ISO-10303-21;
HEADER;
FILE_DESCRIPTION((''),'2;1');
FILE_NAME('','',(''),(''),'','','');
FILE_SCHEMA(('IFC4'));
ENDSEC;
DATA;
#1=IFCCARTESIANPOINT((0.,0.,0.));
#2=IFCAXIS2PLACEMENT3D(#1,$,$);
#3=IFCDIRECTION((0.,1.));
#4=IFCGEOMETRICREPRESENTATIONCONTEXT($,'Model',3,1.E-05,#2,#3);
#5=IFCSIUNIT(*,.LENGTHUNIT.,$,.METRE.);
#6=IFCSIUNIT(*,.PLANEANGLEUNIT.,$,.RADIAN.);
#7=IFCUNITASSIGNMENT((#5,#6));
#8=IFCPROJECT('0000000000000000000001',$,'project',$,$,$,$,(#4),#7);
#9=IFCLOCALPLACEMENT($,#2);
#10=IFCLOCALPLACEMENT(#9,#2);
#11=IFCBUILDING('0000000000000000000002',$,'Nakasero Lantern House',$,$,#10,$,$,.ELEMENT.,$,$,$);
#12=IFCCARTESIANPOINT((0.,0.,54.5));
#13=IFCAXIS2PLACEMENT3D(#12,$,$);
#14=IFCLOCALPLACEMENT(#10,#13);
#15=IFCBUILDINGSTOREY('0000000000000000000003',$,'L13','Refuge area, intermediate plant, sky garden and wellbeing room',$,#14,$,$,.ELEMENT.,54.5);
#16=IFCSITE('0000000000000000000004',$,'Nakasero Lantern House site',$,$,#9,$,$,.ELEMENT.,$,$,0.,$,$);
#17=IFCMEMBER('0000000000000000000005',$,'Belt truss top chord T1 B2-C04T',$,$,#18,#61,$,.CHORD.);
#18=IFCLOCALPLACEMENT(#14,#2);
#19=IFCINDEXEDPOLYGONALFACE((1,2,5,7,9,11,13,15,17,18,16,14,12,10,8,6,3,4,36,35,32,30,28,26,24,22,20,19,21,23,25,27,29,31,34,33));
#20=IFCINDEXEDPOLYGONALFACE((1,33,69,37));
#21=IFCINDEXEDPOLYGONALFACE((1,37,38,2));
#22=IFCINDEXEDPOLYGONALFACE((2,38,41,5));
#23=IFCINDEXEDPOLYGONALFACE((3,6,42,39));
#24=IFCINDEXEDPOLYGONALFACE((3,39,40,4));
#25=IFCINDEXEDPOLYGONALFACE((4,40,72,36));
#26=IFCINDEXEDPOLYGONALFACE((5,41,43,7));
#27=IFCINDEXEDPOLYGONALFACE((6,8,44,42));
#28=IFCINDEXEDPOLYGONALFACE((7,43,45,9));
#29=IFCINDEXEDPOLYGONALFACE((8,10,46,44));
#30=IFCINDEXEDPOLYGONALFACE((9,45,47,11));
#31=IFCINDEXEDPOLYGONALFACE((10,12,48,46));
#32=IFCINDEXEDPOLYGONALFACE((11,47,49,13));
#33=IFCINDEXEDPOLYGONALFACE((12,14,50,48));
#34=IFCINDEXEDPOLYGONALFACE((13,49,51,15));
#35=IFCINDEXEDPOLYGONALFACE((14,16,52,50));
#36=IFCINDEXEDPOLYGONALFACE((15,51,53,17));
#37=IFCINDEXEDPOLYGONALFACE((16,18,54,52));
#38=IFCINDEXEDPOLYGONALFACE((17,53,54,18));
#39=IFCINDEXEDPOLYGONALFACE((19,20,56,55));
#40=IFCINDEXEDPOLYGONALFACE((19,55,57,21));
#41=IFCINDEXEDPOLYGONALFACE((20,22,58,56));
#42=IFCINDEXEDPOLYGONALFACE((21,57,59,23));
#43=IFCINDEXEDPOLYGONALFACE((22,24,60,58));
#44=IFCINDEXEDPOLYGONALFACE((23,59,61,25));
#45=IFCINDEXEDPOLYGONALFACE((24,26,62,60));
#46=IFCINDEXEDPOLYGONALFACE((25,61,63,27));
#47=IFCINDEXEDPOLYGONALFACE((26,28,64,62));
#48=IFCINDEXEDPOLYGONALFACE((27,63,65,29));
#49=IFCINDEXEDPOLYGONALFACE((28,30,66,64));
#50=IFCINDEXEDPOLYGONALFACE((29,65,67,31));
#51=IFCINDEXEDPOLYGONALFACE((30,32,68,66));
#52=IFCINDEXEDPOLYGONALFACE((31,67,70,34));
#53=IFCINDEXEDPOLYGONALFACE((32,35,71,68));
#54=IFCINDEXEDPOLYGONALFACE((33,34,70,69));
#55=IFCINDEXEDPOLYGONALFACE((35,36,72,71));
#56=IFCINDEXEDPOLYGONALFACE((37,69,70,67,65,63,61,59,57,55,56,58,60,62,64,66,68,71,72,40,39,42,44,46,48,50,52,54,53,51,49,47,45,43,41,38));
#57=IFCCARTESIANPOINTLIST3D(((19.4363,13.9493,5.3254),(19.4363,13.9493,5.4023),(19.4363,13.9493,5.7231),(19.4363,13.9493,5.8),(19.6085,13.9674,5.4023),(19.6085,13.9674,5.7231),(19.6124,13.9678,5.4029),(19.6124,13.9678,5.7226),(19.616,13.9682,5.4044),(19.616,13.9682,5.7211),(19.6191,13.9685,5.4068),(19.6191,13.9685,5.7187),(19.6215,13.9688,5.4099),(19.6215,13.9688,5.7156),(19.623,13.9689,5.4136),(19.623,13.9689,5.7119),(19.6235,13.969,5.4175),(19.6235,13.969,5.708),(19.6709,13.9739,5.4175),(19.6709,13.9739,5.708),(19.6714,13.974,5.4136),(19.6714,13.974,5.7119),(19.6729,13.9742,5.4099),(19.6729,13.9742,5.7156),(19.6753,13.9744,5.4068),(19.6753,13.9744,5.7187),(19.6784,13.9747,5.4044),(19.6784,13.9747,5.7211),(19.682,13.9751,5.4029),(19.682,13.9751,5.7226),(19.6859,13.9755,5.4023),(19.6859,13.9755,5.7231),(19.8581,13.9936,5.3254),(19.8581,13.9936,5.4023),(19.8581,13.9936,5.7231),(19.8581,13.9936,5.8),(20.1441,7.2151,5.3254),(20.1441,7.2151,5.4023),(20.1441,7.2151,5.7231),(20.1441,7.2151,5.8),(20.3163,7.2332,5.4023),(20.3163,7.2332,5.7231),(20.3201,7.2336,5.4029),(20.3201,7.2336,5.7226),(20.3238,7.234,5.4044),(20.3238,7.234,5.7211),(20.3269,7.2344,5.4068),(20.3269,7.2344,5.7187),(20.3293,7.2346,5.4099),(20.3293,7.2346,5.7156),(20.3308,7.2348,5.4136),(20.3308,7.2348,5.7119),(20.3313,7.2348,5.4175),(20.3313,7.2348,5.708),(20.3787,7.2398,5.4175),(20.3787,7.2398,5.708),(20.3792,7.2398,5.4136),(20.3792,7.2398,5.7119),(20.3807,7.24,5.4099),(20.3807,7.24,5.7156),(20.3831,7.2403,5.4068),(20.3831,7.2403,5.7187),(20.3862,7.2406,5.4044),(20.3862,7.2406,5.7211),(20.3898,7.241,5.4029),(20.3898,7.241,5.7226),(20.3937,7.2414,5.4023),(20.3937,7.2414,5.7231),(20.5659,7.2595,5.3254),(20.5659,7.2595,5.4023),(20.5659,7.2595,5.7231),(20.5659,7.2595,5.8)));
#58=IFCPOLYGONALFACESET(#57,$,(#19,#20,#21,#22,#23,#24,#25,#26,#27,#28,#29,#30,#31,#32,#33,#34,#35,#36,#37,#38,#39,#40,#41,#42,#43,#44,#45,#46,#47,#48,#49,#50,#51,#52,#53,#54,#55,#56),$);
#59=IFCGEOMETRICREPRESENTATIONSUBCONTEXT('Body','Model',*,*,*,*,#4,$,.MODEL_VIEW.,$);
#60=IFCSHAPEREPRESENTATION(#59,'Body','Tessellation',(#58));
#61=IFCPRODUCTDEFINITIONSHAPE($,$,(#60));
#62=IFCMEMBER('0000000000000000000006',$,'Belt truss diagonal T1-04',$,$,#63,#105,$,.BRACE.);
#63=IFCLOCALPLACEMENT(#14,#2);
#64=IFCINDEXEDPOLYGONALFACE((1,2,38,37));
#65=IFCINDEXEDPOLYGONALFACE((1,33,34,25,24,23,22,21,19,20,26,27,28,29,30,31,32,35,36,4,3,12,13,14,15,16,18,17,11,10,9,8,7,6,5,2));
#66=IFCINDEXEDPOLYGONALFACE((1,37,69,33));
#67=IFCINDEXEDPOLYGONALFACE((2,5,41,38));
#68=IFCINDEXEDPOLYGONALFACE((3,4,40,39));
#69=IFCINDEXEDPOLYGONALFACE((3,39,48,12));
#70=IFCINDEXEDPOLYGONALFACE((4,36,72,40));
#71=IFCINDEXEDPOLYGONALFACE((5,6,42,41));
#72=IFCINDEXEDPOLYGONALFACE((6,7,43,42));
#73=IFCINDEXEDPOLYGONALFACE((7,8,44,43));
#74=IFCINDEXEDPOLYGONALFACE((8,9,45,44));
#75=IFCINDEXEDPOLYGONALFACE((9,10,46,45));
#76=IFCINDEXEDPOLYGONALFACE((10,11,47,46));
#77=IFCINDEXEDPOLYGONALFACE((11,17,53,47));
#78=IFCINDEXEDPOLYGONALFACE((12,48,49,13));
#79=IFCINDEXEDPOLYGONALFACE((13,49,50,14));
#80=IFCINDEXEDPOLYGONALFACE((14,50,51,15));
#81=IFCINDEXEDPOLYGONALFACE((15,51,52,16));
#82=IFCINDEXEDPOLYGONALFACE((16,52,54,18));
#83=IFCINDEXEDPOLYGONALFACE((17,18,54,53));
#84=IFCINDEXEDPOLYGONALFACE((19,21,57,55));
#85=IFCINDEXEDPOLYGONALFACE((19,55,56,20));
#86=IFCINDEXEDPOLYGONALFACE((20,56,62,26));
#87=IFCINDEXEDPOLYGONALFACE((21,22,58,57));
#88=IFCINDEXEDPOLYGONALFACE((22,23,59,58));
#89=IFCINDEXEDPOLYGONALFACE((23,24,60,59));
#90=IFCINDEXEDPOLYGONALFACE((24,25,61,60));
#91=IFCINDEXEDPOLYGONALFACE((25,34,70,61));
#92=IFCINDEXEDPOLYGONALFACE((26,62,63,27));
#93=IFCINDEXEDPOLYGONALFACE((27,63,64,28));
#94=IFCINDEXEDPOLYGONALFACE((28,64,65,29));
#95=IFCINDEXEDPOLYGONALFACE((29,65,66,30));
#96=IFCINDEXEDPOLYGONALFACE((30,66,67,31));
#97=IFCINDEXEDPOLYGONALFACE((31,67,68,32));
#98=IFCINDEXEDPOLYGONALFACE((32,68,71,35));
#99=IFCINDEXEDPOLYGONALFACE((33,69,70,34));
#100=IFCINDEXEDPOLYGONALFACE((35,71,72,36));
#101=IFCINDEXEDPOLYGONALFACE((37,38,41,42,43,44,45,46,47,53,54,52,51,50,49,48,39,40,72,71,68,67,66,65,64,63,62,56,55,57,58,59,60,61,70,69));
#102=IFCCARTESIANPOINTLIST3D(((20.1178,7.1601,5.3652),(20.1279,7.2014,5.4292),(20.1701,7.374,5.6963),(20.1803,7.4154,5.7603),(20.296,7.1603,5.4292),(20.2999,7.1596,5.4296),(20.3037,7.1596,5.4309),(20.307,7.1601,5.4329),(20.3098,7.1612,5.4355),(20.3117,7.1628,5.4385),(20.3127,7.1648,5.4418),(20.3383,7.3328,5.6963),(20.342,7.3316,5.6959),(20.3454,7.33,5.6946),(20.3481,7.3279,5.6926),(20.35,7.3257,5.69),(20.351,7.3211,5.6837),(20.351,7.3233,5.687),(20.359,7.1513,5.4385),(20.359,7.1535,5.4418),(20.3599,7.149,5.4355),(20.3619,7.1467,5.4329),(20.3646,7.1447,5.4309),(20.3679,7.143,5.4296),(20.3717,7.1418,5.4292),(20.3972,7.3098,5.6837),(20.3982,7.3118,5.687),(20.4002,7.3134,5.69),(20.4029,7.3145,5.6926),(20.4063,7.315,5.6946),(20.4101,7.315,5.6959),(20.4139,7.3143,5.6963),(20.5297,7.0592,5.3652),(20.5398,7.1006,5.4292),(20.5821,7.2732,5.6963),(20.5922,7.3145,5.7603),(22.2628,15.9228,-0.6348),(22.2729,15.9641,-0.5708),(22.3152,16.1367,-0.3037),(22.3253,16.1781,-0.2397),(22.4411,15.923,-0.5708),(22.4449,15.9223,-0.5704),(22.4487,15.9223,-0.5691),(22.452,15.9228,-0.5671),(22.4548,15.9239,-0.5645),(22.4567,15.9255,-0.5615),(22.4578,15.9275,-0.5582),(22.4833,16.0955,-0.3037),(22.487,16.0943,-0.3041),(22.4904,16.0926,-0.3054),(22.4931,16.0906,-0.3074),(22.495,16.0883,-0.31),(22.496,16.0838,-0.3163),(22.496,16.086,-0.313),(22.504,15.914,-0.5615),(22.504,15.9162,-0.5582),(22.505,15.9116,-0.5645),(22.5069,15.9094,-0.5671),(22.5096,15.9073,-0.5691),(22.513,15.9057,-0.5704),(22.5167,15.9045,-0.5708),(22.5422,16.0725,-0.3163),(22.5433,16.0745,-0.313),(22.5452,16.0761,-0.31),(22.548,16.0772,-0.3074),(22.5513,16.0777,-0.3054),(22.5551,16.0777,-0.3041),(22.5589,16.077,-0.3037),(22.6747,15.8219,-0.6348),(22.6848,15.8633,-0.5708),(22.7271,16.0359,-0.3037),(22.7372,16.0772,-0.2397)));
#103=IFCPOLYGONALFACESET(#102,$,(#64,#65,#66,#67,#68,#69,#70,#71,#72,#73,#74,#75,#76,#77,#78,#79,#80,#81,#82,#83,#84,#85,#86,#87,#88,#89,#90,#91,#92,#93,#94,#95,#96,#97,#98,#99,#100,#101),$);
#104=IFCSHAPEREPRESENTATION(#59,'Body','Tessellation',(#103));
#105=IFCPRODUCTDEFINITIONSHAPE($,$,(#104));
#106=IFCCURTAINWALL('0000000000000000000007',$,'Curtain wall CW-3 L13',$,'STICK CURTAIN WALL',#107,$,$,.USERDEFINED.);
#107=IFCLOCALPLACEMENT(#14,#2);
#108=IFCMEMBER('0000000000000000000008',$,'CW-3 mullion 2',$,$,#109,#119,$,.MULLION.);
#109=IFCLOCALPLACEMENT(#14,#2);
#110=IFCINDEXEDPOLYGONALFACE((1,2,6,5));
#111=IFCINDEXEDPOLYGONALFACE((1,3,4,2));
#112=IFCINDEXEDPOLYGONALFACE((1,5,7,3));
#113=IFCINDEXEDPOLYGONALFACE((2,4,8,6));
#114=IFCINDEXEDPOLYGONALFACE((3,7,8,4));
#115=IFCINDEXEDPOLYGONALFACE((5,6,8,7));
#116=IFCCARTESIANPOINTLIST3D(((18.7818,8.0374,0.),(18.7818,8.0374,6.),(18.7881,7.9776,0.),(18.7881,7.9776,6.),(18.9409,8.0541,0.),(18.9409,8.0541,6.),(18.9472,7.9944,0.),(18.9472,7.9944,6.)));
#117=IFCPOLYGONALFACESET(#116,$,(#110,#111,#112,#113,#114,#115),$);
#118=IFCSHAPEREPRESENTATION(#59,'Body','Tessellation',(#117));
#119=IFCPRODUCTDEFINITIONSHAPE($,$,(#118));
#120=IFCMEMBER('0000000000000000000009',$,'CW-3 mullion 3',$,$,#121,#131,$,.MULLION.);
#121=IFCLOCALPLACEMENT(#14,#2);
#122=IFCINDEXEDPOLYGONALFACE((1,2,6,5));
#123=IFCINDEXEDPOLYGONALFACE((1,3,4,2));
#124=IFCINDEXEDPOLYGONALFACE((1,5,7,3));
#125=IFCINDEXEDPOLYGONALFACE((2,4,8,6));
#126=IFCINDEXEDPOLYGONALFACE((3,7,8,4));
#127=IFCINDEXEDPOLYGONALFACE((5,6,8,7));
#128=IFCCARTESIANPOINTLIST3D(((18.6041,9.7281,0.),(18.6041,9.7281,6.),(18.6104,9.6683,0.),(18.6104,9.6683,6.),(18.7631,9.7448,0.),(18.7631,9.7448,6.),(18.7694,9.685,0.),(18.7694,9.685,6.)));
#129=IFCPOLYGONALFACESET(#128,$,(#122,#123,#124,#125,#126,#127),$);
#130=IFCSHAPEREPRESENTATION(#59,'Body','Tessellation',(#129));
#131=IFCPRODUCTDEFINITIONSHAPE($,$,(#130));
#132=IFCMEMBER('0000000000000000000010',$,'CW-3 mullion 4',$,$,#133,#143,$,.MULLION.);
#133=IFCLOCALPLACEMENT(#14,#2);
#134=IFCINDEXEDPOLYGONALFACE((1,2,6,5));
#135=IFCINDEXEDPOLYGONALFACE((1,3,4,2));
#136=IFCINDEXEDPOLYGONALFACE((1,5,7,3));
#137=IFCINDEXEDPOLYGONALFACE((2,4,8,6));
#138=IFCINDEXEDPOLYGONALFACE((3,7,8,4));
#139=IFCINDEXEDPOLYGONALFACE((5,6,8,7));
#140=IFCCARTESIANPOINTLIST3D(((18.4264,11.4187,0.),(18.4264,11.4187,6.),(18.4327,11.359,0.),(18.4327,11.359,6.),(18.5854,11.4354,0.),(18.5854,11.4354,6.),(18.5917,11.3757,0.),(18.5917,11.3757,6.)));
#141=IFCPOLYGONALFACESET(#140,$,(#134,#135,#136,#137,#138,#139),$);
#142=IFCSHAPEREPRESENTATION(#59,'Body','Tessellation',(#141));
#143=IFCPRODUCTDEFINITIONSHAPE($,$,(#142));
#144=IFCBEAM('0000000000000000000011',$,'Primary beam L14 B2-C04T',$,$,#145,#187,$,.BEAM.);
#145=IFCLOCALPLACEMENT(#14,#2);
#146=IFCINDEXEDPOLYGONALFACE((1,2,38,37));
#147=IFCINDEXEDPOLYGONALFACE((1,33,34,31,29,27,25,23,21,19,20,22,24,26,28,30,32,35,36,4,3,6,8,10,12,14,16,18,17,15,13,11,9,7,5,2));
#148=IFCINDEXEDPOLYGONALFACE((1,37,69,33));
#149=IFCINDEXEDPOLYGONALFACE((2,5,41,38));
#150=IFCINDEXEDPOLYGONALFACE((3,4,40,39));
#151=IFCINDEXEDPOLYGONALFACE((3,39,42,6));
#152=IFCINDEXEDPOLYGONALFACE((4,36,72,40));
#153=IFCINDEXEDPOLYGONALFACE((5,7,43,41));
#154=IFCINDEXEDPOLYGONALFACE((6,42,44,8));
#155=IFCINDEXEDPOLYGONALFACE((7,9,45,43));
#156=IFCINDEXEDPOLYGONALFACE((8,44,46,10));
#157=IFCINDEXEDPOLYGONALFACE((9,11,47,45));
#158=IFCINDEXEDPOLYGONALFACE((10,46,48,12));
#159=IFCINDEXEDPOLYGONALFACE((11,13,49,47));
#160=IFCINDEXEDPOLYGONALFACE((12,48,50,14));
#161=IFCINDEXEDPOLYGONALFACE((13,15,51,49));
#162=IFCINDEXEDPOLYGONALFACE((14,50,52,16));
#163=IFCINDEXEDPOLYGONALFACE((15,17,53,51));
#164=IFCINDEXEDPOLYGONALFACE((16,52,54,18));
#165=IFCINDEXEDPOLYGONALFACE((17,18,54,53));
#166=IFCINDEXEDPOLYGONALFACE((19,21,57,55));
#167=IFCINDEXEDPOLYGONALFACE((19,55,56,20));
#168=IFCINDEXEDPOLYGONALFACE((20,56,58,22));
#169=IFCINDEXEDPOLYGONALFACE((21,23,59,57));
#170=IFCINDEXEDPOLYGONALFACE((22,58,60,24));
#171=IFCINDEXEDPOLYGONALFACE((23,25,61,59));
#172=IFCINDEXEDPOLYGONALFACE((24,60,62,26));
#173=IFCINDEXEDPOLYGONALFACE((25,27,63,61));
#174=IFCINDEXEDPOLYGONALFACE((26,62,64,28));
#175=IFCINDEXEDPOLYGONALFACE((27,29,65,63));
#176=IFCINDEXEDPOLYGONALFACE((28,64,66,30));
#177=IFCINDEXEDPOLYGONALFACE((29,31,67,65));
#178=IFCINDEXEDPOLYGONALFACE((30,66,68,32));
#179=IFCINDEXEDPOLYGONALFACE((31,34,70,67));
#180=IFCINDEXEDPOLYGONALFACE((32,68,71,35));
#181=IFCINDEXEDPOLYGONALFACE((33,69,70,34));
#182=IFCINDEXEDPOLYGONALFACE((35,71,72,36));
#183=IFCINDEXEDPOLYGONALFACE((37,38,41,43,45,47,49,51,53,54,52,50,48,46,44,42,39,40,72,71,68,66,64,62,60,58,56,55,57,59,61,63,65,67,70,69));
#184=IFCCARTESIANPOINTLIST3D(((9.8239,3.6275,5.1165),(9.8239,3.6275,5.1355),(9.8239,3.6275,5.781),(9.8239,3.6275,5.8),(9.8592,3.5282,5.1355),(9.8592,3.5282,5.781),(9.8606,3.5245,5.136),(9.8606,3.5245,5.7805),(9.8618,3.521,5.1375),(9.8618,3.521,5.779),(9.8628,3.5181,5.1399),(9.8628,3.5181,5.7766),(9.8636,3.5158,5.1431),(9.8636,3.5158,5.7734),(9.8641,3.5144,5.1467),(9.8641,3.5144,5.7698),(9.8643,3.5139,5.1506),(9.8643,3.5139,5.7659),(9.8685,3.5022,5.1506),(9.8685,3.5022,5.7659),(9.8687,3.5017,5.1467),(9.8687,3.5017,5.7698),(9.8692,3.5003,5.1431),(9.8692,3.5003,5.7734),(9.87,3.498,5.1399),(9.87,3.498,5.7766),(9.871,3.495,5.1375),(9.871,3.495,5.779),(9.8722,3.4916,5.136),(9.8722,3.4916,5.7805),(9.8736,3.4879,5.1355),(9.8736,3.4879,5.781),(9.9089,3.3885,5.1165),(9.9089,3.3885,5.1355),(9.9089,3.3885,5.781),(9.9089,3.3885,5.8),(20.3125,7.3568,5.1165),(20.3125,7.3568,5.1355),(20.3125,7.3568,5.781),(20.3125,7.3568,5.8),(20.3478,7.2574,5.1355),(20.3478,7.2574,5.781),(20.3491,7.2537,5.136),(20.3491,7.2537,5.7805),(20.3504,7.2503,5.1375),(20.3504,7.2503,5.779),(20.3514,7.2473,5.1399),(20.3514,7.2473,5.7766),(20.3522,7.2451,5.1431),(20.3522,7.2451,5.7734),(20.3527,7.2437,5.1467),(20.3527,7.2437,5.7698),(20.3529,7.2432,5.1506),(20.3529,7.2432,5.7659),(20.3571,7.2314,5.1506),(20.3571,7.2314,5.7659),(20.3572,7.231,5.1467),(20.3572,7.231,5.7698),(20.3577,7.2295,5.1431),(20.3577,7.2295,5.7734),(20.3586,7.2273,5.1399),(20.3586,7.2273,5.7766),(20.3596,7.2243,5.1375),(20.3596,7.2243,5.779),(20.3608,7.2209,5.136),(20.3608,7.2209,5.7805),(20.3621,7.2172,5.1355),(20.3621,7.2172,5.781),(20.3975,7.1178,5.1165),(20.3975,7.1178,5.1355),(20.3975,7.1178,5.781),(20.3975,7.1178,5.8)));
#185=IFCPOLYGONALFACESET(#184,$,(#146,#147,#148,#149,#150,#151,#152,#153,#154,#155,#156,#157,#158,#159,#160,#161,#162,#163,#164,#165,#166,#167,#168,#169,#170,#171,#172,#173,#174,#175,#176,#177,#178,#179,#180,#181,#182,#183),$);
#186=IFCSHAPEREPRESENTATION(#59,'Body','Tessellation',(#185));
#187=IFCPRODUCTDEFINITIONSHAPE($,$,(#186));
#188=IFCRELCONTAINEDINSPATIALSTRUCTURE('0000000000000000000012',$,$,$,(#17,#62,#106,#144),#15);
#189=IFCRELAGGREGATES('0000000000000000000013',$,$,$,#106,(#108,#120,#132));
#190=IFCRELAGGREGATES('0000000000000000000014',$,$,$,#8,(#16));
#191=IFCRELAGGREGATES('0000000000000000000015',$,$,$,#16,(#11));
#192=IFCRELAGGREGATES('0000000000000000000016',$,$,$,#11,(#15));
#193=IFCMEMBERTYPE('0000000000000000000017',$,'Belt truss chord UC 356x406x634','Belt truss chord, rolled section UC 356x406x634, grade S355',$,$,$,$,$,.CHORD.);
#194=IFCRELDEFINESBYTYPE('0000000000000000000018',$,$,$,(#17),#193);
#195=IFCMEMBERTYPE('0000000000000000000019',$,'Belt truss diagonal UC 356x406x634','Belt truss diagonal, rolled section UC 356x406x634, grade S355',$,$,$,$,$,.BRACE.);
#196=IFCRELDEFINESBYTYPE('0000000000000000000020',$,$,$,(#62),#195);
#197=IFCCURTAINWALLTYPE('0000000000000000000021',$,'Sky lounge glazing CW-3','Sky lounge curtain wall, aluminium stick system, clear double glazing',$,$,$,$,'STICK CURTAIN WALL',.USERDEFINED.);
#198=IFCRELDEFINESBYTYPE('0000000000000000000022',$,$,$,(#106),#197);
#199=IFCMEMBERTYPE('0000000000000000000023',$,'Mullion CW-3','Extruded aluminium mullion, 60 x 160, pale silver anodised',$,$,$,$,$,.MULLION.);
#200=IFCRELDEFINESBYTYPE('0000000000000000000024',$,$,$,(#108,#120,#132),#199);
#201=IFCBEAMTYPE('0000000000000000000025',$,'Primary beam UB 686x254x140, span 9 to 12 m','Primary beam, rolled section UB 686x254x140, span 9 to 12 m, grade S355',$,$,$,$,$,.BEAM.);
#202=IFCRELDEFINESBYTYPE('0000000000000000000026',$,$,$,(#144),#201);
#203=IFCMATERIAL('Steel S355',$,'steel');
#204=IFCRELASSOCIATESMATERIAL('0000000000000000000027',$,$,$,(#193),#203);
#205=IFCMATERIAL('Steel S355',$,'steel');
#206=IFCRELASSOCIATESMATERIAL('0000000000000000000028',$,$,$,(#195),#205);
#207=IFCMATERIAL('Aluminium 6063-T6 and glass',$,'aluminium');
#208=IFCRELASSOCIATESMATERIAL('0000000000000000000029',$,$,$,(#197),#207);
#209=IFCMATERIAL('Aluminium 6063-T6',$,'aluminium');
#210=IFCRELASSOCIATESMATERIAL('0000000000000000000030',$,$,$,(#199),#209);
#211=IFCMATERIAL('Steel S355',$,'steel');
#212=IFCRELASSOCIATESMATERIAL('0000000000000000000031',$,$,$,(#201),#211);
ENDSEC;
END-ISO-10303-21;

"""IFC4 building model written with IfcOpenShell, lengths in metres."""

from ifc_helpers import new_model, si_unit, direction, frame, origin, origin_2d, place, context, subcontext, project, spatial, rectangle, i_section, extrude, material, material_profile, profile_set, type_object, element, aggregate, save


model = new_model("IFC4")

# Units and contexts
model_context = context("Model", 3, precision=1e-05, world=origin(), true_north=direction((0.0, 1.0)))
body_context = subcontext(model_context, "Body", "Model", "MODEL_VIEW")
ifc_project = project(units=[si_unit("LENGTHUNIT", "METRE"), si_unit("PLANEANGLEUNIT", "RADIAN")], contexts=[model_context])

# Site, building, storey
site_placement = place(None, origin())
site = spatial("IfcSite", under=ifc_project, at=site_placement, Name="Nakasero Lantern House site", CompositionType="ELEMENT", RefElevation=0.0)
building_placement = place(site_placement, origin())
building = spatial("IfcBuilding", under=site, at=building_placement, Name="Nakasero Lantern House", CompositionType="ELEMENT")
storey_placement = place(building_placement, frame((0.0, 0.0, 54.5)))
storey = spatial("IfcBuildingStorey", under=building, at=storey_placement, Name="L13", Description="Refuge area, intermediate plant, sky garden and wellbeing room", CompositionType="ELEMENT", Elevation=54.5)

# Members
ifc_material_1 = material(Name="Steel S355", Category="steel")
ifc_material_profile_1 = material_profile(ifc_material_1, i_section(OverallWidth=0.4241, OverallDepth=0.4746, WebThickness=0.0476, FlangeThickness=0.0769, FilletRadius=0.0151, at=origin_2d()), Name="UC 356x406x634")
ifc_profile_set_1 = profile_set([ifc_material_profile_1], Name="Steel S355")
member_type_1 = type_object("IfcMemberType", Name="Belt truss chord UC 356x406x634", Description="Belt truss chord, rolled section UC 356x406x634, grade S355", PredefinedType="CHORD", material=ifc_profile_set_1)
member_1_placement = place(storey_placement, frame((20.355, 7.2373, 5.5627), z_axis=(-0.104525, 0.994522, 0.0), x_axis=(-0.994522, -0.104525, 0.0)))
element("IfcMember", 1, at=member_1_placement, inside=storey, type_object=member_type_1, Name="Belt truss top chord T1 B2-C04T", PredefinedType="CHORD", context=body_context, shape_type="SweptSolid", body=[
    extrude(i_section(OverallWidth=0.4241, OverallDepth=0.4746, WebThickness=0.0476, FlangeThickness=0.0769, FilletRadius=0.0151, at=origin_2d()), origin(), (0.0, 0.0, 1.0), 6.7712),
])
ifc_material_2 = material(Name="Steel S355", Category="steel")
ifc_material_profile_2 = material_profile(ifc_material_2, i_section(OverallWidth=0.4241, OverallDepth=0.4746, WebThickness=0.0476, FlangeThickness=0.0769, FilletRadius=0.0151, at=origin_2d()), Name="UC 356x406x634")
ifc_profile_set_2 = profile_set([ifc_material_profile_2], Name="Steel S355")
member_type_2 = type_object("IfcMemberType", Name="Belt truss diagonal UC 356x406x634", Description="Belt truss diagonal, rolled section UC 356x406x634, grade S355", PredefinedType="BRACE", material=ifc_profile_set_2)
member_2_placement = place(storey_placement, frame((20.355, 7.2373, 5.5627), z_axis=(0.197981, 0.808779, -0.553788), x_axis=(-0.971322, 0.23777, 0.0)))
element("IfcMember", 2, at=member_2_placement, inside=storey, type_object=member_type_2, Name="Belt truss diagonal T1-04", PredefinedType="BRACE", context=body_context, shape_type="SweptSolid", body=[
    extrude(i_section(OverallWidth=0.4241, OverallDepth=0.4746, WebThickness=0.0476, FlangeThickness=0.0769, FilletRadius=0.0151, at=origin_2d()), origin(), (0.0, 0.0, 1.0), 10.8345),
])

# Curtain wall, members
ifc_material_3 = material(Name="Aluminium 6063-T6 and glass", Category="aluminium")
curtain_wall_type = type_object("IfcCurtainWallType", Name="Sky lounge glazing CW-3", Description="Sky lounge curtain wall, aluminium stick system, clear double glazing", ElementType="STICK CURTAIN WALL", PredefinedType="USERDEFINED", material=ifc_material_3)
curtain_wall_placement = place(storey_placement, origin())
curtain_wall = element("IfcCurtainWall", 3, at=curtain_wall_placement, inside=storey, type_object=curtain_wall_type, Name="Curtain wall CW-3 L13", ObjectType="STICK CURTAIN WALL", PredefinedType="USERDEFINED")
ifc_material_4 = material(Name="Aluminium 6063-T6", Category="aluminium")
ifc_material_profile_3 = material_profile(ifc_material_4, rectangle(XDim=0.0601, YDim=0.1599, at=origin_2d()), Name="CW-3 mullion 60x160")
ifc_profile_set_3 = profile_set([ifc_material_profile_3], Name="Aluminium 6063-T6")
member_type_3 = type_object("IfcMemberType", Name="Mullion CW-3", Description="Extruded aluminium mullion, 60 x 160, pale silver anodised", PredefinedType="MULLION", material=ifc_profile_set_3)
member_3_placement = place(storey_placement, frame((18.8645, 8.0159, 0.0), z_axis=(0.0, 0.0, 1.0), x_axis=(-0.104528, 0.994522, 0.0)))
member_3 = element("IfcMember", 4, at=member_3_placement, type_object=member_type_3, Name="CW-3 mullion 2", PredefinedType="MULLION", context=body_context, shape_type="SweptSolid", body=[
    extrude(rectangle(XDim=0.0601, YDim=0.1599, at=origin_2d()), origin(), (0.0, 0.0, 1.0), 6.0),
])
member_4_placement = place(storey_placement, frame((18.6868, 9.7065, 0.0), z_axis=(0.0, 0.0, 1.0), x_axis=(-0.104528, 0.994522, 0.0)))
member_4 = element("IfcMember", 5, at=member_4_placement, type_object=member_type_3, Name="CW-3 mullion 3", PredefinedType="MULLION", context=body_context, shape_type="SweptSolid", body=[
    extrude(rectangle(XDim=0.0601, YDim=0.1599, at=origin_2d()), origin(), (0.0, 0.0, 1.0), 6.0),
])
member_5_placement = place(storey_placement, frame((18.509, 11.3972, 0.0), z_axis=(0.0, 0.0, 1.0), x_axis=(-0.104528, 0.994522, 0.0)))
member_5 = element("IfcMember", 6, at=member_5_placement, type_object=member_type_3, Name="CW-3 mullion 4", PredefinedType="MULLION", context=body_context, shape_type="SweptSolid", body=[
    extrude(rectangle(XDim=0.0601, YDim=0.1599, at=origin_2d()), origin(), (0.0, 0.0, 1.0), 6.0),
])

# Beam
ifc_material_5 = material(Name="Steel S355", Category="steel")
ifc_material_profile_4 = material_profile(ifc_material_5, i_section(OverallWidth=0.2537, OverallDepth=0.6836, WebThickness=0.0125, FlangeThickness=0.019, FilletRadius=0.0151, at=origin_2d()), Name="UB 686x254x140")
ifc_profile_set_4 = profile_set([ifc_material_profile_4], Name="Steel S355")
beam_type = type_object("IfcBeamType", Name="Primary beam UB 686x254x140, span 9 to 12 m", Description="Primary beam, rolled section UB 686x254x140, span 9 to 12 m, grade S355", PredefinedType="BEAM", material=ifc_profile_set_4)
beam_placement = place(storey_placement, frame((20.355, 7.2373, 5.4583), z_axis=(-0.942215, -0.335009, 0.0), x_axis=(0.335009, -0.942215, 0.0)))
element("IfcBeam", 7, at=beam_placement, inside=storey, type_object=beam_type, Name="Primary beam L14 B2-C04T", PredefinedType="BEAM", context=body_context, shape_type="SweptSolid", body=[
    extrude(i_section(OverallWidth=0.2537, OverallDepth=0.6836, WebThickness=0.0125, FlangeThickness=0.019, FilletRadius=0.0151, at=origin_2d()), origin(), (0.0, 0.0, 1.0), 11.1318),
])

aggregate(curtain_wall, [member_3, member_4, member_5])

save(model, "model.ifc")
